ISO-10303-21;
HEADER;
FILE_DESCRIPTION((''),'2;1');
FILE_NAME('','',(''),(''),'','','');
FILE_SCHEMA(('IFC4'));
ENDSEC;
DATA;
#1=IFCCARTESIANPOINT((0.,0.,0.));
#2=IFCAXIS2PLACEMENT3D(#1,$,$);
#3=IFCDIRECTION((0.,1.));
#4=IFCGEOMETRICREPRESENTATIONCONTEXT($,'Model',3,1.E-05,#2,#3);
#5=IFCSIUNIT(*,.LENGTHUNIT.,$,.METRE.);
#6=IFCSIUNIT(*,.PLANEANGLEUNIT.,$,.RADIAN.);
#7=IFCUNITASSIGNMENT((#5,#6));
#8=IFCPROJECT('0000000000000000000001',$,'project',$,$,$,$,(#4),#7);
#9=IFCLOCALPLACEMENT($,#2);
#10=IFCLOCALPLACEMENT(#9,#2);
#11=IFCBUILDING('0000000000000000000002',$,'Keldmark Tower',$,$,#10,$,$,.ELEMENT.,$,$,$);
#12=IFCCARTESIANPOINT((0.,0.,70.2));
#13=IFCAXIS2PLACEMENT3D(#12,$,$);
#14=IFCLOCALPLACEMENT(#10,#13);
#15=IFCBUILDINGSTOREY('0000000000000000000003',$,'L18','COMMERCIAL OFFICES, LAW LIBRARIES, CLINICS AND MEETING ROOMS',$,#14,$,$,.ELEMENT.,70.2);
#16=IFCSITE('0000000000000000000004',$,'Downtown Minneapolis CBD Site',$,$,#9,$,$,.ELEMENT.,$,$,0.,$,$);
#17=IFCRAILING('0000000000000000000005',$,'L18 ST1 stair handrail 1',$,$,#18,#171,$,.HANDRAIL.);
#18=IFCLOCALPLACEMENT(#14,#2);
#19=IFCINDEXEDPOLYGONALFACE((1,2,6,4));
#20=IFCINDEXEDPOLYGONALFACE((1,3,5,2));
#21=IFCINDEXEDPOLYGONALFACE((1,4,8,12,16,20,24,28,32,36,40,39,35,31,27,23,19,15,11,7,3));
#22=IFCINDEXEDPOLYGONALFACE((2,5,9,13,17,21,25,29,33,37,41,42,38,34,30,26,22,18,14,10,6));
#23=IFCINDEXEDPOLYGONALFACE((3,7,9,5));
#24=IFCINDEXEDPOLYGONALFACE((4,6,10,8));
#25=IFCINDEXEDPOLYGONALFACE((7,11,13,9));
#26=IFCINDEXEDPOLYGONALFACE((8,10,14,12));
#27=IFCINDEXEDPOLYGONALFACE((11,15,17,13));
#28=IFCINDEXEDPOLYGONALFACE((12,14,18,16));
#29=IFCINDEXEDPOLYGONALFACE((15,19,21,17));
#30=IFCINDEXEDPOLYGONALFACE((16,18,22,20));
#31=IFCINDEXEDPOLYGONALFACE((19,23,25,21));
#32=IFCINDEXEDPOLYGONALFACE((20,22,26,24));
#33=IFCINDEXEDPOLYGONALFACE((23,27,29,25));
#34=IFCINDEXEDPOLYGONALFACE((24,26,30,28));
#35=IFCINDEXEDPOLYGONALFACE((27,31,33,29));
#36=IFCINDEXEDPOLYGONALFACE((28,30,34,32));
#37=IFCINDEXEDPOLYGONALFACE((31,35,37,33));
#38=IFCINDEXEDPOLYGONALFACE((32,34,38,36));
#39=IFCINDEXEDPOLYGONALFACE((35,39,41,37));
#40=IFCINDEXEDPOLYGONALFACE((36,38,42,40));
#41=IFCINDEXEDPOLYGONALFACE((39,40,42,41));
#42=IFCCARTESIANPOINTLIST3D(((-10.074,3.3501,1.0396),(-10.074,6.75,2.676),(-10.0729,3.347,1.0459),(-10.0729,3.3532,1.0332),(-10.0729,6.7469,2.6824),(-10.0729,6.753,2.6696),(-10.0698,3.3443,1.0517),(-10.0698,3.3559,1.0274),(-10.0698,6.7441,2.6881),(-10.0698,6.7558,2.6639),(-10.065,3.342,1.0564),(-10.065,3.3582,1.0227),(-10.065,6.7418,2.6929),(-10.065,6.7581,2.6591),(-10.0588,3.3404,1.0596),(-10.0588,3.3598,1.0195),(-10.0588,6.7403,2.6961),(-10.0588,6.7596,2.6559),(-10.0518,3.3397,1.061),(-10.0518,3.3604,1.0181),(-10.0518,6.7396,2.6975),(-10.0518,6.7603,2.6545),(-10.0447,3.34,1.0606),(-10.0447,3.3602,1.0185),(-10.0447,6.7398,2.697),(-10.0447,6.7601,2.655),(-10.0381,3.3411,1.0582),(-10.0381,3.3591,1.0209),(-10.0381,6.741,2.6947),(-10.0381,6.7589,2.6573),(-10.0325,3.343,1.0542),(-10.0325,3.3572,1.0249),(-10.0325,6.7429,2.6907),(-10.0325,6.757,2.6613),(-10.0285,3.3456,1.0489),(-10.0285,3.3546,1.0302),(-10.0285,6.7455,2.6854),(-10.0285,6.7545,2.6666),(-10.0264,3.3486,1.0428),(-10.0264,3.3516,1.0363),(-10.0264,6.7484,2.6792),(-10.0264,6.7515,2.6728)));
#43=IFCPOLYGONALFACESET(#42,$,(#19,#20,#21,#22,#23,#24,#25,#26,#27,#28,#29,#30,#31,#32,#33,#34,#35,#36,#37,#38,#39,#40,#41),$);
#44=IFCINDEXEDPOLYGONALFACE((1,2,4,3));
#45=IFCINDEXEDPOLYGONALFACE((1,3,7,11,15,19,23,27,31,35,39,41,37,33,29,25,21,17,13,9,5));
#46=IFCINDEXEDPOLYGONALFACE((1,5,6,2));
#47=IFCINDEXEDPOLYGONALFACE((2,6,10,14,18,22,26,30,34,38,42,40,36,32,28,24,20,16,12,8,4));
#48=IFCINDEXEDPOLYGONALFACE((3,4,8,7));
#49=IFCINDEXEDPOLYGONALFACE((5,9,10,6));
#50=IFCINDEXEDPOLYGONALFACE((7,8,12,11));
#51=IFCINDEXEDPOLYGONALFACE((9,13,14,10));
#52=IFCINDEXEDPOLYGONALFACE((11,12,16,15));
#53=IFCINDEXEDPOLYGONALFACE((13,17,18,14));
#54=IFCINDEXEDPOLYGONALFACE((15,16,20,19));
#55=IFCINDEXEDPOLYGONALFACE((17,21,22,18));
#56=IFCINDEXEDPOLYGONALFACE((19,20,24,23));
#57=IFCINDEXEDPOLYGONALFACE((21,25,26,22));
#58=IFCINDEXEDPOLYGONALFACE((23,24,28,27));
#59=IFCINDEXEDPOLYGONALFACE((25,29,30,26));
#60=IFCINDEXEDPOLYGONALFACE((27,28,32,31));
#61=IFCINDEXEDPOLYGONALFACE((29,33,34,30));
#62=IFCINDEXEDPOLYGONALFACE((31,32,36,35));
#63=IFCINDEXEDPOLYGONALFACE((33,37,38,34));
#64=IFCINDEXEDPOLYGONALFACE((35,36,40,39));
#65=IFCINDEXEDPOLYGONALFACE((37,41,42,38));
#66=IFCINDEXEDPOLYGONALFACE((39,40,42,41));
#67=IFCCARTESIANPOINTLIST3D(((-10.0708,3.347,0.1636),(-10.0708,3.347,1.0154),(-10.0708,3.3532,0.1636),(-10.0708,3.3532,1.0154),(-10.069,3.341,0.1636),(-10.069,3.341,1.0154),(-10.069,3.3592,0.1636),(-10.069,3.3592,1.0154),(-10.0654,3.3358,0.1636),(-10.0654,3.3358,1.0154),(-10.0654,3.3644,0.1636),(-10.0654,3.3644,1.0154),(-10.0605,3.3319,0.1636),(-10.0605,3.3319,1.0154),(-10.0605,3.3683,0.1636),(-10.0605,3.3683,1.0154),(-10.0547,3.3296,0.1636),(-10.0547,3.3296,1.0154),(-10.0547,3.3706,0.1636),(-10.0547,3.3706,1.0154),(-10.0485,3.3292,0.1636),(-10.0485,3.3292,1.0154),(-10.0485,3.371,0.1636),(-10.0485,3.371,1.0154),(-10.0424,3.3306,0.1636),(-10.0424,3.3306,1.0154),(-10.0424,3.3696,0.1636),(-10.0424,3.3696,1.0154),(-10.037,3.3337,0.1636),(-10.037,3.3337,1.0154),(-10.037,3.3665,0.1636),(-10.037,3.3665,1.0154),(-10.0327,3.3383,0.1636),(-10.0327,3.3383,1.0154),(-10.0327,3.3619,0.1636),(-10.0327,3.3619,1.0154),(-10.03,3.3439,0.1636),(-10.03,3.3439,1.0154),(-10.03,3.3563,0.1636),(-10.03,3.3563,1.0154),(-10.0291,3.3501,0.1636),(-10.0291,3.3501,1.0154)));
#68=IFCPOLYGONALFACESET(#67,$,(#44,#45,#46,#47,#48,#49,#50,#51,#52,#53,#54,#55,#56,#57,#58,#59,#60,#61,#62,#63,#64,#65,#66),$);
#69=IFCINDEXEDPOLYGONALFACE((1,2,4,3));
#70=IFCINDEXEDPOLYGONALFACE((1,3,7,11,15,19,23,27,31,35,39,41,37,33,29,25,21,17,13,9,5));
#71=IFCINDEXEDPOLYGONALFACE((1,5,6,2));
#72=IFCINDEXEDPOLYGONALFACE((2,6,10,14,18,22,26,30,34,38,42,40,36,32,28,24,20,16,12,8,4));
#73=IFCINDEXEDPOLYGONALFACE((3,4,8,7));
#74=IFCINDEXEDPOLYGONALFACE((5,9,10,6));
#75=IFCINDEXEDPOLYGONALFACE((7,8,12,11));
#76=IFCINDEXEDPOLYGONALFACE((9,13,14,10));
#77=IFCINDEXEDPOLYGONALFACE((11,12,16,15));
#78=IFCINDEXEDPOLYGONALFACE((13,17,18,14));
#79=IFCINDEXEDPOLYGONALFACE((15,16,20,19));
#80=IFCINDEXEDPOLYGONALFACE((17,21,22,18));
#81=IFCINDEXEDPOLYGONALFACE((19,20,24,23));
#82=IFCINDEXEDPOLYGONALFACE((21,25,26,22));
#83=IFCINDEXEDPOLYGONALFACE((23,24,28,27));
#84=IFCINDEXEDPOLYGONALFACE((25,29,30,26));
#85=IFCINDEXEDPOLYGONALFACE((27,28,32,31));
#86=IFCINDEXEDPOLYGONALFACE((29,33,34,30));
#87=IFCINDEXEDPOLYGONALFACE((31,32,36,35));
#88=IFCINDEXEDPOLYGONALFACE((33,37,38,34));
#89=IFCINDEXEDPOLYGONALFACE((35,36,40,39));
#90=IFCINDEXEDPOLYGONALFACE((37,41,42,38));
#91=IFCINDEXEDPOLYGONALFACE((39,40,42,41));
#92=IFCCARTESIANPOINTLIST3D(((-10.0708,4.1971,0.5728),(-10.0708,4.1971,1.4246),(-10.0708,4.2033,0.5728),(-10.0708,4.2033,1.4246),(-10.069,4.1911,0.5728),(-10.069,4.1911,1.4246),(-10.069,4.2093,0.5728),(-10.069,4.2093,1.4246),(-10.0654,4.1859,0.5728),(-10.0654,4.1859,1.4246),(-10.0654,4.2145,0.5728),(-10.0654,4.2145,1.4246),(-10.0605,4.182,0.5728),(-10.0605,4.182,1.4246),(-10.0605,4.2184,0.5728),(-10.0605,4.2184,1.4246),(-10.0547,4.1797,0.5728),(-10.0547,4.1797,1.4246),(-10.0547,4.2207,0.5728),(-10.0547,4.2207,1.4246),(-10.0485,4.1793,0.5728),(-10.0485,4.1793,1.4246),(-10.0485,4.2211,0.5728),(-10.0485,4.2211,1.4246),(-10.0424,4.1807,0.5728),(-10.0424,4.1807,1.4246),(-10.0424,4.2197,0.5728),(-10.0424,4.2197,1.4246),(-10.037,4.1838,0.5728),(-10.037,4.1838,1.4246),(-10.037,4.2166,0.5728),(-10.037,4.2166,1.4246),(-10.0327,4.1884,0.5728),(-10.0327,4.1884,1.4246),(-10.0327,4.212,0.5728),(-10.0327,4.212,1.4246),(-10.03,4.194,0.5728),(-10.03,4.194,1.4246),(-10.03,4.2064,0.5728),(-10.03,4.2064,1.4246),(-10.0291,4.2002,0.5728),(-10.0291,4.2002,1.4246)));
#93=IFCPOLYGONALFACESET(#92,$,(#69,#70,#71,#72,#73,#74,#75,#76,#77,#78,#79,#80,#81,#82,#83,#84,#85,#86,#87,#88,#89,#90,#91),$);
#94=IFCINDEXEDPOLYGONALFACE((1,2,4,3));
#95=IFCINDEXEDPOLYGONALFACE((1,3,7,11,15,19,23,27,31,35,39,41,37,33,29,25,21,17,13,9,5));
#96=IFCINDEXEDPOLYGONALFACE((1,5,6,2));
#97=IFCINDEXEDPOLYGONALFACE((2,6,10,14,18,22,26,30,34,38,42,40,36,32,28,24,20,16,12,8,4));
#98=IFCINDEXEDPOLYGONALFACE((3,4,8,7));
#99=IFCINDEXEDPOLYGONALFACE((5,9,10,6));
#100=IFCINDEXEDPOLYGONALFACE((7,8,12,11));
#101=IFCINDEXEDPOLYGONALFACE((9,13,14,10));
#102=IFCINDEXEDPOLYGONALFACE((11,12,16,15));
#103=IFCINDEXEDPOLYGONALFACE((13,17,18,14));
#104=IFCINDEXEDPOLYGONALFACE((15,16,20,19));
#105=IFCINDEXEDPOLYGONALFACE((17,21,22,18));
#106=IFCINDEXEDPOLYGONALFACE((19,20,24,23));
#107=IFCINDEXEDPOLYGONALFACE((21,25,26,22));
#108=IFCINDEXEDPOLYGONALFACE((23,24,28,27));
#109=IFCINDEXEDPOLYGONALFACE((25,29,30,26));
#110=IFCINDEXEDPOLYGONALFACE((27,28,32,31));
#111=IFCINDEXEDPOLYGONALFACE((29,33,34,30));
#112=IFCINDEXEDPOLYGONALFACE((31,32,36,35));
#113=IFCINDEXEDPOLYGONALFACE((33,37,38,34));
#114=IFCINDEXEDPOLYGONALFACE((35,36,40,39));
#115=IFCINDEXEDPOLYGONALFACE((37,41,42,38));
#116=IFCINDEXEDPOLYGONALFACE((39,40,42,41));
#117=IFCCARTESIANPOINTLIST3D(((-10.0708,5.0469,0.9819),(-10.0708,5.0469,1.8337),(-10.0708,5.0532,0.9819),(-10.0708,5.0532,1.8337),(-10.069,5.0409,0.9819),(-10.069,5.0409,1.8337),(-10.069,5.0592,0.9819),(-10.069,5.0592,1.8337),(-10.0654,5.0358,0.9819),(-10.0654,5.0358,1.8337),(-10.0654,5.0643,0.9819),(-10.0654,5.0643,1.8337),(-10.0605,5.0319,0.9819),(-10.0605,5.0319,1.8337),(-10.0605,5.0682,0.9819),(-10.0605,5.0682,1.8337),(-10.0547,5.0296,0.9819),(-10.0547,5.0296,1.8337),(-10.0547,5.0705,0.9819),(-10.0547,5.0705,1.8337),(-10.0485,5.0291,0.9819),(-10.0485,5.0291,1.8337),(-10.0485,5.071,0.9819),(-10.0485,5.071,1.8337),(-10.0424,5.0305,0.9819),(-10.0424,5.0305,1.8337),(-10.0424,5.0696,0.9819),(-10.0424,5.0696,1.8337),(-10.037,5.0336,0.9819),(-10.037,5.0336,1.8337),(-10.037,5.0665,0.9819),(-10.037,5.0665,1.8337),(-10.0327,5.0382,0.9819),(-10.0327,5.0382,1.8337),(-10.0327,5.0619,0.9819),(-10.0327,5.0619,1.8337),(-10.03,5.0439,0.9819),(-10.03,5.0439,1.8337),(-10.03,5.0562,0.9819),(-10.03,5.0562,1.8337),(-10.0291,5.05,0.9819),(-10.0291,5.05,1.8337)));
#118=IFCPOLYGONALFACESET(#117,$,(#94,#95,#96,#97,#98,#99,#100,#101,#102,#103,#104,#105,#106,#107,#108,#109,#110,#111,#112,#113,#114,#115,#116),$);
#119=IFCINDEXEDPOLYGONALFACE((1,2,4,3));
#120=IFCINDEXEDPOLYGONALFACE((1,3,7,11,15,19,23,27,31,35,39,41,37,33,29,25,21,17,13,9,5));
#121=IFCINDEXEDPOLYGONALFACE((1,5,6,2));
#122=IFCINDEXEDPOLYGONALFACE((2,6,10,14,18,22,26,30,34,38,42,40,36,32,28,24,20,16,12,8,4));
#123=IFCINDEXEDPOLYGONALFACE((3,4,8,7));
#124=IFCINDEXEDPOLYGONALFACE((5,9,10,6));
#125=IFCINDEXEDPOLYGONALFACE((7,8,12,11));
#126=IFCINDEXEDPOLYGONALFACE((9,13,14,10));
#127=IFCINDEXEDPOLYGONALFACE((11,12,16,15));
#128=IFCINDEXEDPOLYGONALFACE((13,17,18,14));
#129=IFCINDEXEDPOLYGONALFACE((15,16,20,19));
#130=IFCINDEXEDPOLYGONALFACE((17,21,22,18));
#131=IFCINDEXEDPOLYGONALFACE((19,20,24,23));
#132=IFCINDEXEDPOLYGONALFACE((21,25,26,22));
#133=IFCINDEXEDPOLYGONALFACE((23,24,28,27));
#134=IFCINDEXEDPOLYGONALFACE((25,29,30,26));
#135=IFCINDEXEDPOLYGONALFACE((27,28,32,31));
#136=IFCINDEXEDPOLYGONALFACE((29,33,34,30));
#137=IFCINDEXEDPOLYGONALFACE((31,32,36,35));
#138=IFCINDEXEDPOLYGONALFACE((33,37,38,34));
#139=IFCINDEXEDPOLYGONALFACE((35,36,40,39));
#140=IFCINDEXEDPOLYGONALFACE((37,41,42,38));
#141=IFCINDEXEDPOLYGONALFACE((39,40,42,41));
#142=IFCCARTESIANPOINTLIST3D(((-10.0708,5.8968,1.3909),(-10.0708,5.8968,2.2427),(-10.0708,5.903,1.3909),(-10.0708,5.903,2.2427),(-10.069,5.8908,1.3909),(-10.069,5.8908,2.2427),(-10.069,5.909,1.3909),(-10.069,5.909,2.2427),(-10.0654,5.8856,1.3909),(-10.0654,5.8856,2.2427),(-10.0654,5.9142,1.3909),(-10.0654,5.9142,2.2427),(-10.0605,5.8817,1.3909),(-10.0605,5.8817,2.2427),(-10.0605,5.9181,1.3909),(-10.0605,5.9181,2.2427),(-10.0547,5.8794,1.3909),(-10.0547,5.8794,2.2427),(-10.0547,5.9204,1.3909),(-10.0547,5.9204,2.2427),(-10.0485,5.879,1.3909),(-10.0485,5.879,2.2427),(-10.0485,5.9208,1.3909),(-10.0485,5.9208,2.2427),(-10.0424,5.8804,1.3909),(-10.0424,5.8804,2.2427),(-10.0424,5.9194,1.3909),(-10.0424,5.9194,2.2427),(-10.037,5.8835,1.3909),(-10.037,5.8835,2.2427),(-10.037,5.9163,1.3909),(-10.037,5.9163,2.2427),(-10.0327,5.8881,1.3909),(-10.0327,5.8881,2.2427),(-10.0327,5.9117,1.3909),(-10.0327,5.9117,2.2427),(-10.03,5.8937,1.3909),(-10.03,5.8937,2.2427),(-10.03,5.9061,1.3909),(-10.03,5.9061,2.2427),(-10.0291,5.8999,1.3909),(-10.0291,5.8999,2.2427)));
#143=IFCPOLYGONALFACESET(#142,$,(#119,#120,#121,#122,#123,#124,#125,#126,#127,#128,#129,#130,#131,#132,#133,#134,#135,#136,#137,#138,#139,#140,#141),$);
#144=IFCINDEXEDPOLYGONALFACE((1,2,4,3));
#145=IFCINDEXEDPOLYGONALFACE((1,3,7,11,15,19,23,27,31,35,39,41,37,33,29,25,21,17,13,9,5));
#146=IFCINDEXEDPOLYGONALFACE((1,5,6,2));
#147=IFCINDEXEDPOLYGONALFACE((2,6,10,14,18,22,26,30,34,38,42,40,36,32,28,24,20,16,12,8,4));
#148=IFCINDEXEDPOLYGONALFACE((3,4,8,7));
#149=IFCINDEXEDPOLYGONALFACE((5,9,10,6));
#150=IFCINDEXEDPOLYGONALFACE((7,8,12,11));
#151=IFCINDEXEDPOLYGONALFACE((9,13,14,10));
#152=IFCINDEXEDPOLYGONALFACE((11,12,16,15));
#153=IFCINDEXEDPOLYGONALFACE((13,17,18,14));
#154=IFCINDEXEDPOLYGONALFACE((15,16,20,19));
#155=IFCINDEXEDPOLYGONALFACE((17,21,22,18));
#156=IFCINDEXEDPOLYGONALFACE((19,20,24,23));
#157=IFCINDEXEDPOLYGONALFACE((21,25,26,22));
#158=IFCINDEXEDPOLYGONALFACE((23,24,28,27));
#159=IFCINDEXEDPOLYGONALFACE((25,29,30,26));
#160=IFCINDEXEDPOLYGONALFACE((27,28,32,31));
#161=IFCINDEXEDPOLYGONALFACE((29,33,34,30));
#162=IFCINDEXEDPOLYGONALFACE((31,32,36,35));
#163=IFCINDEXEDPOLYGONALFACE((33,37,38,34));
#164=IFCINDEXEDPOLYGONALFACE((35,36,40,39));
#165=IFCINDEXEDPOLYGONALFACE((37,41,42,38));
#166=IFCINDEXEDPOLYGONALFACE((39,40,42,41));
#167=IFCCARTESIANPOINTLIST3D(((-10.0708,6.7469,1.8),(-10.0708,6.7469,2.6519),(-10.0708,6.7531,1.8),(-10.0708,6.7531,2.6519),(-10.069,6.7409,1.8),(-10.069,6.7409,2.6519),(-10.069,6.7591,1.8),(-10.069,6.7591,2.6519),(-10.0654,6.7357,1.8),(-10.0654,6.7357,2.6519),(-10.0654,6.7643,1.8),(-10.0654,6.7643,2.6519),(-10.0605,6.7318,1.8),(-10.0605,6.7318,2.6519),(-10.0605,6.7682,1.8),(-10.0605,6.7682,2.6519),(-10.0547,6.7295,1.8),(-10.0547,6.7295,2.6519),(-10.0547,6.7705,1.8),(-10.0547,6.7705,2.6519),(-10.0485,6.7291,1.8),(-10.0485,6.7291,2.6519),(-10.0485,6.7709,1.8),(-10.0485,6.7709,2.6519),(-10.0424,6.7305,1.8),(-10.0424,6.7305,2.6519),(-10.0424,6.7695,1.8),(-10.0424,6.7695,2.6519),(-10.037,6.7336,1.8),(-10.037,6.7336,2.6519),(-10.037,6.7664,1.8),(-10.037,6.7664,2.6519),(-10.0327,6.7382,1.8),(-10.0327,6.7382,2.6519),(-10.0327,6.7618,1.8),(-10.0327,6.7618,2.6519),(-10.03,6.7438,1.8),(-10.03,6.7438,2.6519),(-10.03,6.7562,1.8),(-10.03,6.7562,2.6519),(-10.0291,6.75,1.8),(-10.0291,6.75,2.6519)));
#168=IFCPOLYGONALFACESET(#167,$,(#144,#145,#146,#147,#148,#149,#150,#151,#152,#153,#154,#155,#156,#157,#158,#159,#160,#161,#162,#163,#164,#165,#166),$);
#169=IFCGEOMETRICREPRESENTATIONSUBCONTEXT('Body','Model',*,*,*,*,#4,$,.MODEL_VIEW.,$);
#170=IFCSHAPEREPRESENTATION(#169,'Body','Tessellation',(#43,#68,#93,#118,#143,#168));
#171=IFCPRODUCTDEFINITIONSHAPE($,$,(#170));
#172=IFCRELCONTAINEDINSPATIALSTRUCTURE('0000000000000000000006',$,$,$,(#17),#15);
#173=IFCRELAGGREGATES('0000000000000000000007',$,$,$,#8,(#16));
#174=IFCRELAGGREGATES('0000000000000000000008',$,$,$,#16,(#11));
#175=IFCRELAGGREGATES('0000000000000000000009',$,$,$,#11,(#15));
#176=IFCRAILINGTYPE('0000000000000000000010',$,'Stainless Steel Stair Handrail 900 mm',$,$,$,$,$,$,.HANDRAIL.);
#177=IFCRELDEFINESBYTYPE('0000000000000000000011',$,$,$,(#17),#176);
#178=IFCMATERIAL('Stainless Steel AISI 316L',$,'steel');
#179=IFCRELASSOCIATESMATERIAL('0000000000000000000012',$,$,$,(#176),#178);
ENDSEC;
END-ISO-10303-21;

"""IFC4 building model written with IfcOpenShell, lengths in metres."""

from ifc_helpers import new_model, si_unit, direction, frame, origin, origin_2d, place, context, subcontext, project, spatial, circle, extrude, material, type_object, element, save


model = new_model("IFC4")

# Units and contexts
model_context = context("Model", 3, precision=1e-05, world=origin(), true_north=direction((0.0, 1.0)))
body_context = subcontext(model_context, "Body", "Model", "MODEL_VIEW")
ifc_project = project(units=[si_unit("LENGTHUNIT", "METRE"), si_unit("PLANEANGLEUNIT", "RADIAN")], contexts=[model_context])

# Site, building, storey
site_placement = place(None, origin())
site = spatial("IfcSite", under=ifc_project, at=site_placement, Name="Downtown Minneapolis CBD Site", CompositionType="ELEMENT", RefElevation=0.0)
building_placement = place(site_placement, origin())
building = spatial("IfcBuilding", under=site, at=building_placement, Name="Keldmark Tower", CompositionType="ELEMENT")
storey_placement = place(building_placement, frame((0.0, 0.0, 70.2)))
storey = spatial("IfcBuildingStorey", under=building, at=storey_placement, Name="L18", Description="COMMERCIAL OFFICES, LAW LIBRARIES, CLINICS AND MEETING ROOMS", CompositionType="ELEMENT", Elevation=70.2)

# Railing
ifc_material_1 = material(Name="Stainless Steel AISI 316L", Category="steel")
railing_type_1 = type_object("IfcRailingType", Name="Stainless Steel Stair Handrail 900 mm", PredefinedType="HANDRAIL", material=ifc_material_1)
railing_1_placement = place(storey_placement, frame((-10.05, 3.3501, 0.1636)))
element("IfcRailing", 1, at=railing_1_placement, inside=storey, type_object=railing_type_1, Name="L18 ST1 stair handrail 1", PredefinedType="HANDRAIL", context=body_context, shape_type="SweptSolid", body=[
    extrude(circle(Radius=0.0239, at=origin_2d()), frame((0.0, 0.0, 0.876), z_axis=(0.0, 0.901055, 0.433705), x_axis=(-1.0, 0.0, 0.0)), (0.0, 0.0, 1.0), 3.7732),
    extrude(circle(Radius=0.021, at=origin_2d()), origin(), (0.0, 0.0, 1.0), 0.8518),
    extrude(circle(Radius=0.021, at=origin_2d()), frame((0.0, 0.8501, 0.4092)), (0.0, 0.0, 1.0), 0.8518),
    extrude(circle(Radius=0.021, at=origin_2d()), frame((0.0, 1.7, 0.8184)), (0.0, 0.0, 1.0), 0.8518),
    extrude(circle(Radius=0.021, at=origin_2d()), frame((0.0, 2.5498, 1.2273)), (0.0, 0.0, 1.0), 0.8518),
    extrude(circle(Radius=0.021, at=origin_2d()), frame((0.0, 3.3999, 1.6365)), (0.0, 0.0, 1.0), 0.8518),
])

save(model, "model.ifc")
